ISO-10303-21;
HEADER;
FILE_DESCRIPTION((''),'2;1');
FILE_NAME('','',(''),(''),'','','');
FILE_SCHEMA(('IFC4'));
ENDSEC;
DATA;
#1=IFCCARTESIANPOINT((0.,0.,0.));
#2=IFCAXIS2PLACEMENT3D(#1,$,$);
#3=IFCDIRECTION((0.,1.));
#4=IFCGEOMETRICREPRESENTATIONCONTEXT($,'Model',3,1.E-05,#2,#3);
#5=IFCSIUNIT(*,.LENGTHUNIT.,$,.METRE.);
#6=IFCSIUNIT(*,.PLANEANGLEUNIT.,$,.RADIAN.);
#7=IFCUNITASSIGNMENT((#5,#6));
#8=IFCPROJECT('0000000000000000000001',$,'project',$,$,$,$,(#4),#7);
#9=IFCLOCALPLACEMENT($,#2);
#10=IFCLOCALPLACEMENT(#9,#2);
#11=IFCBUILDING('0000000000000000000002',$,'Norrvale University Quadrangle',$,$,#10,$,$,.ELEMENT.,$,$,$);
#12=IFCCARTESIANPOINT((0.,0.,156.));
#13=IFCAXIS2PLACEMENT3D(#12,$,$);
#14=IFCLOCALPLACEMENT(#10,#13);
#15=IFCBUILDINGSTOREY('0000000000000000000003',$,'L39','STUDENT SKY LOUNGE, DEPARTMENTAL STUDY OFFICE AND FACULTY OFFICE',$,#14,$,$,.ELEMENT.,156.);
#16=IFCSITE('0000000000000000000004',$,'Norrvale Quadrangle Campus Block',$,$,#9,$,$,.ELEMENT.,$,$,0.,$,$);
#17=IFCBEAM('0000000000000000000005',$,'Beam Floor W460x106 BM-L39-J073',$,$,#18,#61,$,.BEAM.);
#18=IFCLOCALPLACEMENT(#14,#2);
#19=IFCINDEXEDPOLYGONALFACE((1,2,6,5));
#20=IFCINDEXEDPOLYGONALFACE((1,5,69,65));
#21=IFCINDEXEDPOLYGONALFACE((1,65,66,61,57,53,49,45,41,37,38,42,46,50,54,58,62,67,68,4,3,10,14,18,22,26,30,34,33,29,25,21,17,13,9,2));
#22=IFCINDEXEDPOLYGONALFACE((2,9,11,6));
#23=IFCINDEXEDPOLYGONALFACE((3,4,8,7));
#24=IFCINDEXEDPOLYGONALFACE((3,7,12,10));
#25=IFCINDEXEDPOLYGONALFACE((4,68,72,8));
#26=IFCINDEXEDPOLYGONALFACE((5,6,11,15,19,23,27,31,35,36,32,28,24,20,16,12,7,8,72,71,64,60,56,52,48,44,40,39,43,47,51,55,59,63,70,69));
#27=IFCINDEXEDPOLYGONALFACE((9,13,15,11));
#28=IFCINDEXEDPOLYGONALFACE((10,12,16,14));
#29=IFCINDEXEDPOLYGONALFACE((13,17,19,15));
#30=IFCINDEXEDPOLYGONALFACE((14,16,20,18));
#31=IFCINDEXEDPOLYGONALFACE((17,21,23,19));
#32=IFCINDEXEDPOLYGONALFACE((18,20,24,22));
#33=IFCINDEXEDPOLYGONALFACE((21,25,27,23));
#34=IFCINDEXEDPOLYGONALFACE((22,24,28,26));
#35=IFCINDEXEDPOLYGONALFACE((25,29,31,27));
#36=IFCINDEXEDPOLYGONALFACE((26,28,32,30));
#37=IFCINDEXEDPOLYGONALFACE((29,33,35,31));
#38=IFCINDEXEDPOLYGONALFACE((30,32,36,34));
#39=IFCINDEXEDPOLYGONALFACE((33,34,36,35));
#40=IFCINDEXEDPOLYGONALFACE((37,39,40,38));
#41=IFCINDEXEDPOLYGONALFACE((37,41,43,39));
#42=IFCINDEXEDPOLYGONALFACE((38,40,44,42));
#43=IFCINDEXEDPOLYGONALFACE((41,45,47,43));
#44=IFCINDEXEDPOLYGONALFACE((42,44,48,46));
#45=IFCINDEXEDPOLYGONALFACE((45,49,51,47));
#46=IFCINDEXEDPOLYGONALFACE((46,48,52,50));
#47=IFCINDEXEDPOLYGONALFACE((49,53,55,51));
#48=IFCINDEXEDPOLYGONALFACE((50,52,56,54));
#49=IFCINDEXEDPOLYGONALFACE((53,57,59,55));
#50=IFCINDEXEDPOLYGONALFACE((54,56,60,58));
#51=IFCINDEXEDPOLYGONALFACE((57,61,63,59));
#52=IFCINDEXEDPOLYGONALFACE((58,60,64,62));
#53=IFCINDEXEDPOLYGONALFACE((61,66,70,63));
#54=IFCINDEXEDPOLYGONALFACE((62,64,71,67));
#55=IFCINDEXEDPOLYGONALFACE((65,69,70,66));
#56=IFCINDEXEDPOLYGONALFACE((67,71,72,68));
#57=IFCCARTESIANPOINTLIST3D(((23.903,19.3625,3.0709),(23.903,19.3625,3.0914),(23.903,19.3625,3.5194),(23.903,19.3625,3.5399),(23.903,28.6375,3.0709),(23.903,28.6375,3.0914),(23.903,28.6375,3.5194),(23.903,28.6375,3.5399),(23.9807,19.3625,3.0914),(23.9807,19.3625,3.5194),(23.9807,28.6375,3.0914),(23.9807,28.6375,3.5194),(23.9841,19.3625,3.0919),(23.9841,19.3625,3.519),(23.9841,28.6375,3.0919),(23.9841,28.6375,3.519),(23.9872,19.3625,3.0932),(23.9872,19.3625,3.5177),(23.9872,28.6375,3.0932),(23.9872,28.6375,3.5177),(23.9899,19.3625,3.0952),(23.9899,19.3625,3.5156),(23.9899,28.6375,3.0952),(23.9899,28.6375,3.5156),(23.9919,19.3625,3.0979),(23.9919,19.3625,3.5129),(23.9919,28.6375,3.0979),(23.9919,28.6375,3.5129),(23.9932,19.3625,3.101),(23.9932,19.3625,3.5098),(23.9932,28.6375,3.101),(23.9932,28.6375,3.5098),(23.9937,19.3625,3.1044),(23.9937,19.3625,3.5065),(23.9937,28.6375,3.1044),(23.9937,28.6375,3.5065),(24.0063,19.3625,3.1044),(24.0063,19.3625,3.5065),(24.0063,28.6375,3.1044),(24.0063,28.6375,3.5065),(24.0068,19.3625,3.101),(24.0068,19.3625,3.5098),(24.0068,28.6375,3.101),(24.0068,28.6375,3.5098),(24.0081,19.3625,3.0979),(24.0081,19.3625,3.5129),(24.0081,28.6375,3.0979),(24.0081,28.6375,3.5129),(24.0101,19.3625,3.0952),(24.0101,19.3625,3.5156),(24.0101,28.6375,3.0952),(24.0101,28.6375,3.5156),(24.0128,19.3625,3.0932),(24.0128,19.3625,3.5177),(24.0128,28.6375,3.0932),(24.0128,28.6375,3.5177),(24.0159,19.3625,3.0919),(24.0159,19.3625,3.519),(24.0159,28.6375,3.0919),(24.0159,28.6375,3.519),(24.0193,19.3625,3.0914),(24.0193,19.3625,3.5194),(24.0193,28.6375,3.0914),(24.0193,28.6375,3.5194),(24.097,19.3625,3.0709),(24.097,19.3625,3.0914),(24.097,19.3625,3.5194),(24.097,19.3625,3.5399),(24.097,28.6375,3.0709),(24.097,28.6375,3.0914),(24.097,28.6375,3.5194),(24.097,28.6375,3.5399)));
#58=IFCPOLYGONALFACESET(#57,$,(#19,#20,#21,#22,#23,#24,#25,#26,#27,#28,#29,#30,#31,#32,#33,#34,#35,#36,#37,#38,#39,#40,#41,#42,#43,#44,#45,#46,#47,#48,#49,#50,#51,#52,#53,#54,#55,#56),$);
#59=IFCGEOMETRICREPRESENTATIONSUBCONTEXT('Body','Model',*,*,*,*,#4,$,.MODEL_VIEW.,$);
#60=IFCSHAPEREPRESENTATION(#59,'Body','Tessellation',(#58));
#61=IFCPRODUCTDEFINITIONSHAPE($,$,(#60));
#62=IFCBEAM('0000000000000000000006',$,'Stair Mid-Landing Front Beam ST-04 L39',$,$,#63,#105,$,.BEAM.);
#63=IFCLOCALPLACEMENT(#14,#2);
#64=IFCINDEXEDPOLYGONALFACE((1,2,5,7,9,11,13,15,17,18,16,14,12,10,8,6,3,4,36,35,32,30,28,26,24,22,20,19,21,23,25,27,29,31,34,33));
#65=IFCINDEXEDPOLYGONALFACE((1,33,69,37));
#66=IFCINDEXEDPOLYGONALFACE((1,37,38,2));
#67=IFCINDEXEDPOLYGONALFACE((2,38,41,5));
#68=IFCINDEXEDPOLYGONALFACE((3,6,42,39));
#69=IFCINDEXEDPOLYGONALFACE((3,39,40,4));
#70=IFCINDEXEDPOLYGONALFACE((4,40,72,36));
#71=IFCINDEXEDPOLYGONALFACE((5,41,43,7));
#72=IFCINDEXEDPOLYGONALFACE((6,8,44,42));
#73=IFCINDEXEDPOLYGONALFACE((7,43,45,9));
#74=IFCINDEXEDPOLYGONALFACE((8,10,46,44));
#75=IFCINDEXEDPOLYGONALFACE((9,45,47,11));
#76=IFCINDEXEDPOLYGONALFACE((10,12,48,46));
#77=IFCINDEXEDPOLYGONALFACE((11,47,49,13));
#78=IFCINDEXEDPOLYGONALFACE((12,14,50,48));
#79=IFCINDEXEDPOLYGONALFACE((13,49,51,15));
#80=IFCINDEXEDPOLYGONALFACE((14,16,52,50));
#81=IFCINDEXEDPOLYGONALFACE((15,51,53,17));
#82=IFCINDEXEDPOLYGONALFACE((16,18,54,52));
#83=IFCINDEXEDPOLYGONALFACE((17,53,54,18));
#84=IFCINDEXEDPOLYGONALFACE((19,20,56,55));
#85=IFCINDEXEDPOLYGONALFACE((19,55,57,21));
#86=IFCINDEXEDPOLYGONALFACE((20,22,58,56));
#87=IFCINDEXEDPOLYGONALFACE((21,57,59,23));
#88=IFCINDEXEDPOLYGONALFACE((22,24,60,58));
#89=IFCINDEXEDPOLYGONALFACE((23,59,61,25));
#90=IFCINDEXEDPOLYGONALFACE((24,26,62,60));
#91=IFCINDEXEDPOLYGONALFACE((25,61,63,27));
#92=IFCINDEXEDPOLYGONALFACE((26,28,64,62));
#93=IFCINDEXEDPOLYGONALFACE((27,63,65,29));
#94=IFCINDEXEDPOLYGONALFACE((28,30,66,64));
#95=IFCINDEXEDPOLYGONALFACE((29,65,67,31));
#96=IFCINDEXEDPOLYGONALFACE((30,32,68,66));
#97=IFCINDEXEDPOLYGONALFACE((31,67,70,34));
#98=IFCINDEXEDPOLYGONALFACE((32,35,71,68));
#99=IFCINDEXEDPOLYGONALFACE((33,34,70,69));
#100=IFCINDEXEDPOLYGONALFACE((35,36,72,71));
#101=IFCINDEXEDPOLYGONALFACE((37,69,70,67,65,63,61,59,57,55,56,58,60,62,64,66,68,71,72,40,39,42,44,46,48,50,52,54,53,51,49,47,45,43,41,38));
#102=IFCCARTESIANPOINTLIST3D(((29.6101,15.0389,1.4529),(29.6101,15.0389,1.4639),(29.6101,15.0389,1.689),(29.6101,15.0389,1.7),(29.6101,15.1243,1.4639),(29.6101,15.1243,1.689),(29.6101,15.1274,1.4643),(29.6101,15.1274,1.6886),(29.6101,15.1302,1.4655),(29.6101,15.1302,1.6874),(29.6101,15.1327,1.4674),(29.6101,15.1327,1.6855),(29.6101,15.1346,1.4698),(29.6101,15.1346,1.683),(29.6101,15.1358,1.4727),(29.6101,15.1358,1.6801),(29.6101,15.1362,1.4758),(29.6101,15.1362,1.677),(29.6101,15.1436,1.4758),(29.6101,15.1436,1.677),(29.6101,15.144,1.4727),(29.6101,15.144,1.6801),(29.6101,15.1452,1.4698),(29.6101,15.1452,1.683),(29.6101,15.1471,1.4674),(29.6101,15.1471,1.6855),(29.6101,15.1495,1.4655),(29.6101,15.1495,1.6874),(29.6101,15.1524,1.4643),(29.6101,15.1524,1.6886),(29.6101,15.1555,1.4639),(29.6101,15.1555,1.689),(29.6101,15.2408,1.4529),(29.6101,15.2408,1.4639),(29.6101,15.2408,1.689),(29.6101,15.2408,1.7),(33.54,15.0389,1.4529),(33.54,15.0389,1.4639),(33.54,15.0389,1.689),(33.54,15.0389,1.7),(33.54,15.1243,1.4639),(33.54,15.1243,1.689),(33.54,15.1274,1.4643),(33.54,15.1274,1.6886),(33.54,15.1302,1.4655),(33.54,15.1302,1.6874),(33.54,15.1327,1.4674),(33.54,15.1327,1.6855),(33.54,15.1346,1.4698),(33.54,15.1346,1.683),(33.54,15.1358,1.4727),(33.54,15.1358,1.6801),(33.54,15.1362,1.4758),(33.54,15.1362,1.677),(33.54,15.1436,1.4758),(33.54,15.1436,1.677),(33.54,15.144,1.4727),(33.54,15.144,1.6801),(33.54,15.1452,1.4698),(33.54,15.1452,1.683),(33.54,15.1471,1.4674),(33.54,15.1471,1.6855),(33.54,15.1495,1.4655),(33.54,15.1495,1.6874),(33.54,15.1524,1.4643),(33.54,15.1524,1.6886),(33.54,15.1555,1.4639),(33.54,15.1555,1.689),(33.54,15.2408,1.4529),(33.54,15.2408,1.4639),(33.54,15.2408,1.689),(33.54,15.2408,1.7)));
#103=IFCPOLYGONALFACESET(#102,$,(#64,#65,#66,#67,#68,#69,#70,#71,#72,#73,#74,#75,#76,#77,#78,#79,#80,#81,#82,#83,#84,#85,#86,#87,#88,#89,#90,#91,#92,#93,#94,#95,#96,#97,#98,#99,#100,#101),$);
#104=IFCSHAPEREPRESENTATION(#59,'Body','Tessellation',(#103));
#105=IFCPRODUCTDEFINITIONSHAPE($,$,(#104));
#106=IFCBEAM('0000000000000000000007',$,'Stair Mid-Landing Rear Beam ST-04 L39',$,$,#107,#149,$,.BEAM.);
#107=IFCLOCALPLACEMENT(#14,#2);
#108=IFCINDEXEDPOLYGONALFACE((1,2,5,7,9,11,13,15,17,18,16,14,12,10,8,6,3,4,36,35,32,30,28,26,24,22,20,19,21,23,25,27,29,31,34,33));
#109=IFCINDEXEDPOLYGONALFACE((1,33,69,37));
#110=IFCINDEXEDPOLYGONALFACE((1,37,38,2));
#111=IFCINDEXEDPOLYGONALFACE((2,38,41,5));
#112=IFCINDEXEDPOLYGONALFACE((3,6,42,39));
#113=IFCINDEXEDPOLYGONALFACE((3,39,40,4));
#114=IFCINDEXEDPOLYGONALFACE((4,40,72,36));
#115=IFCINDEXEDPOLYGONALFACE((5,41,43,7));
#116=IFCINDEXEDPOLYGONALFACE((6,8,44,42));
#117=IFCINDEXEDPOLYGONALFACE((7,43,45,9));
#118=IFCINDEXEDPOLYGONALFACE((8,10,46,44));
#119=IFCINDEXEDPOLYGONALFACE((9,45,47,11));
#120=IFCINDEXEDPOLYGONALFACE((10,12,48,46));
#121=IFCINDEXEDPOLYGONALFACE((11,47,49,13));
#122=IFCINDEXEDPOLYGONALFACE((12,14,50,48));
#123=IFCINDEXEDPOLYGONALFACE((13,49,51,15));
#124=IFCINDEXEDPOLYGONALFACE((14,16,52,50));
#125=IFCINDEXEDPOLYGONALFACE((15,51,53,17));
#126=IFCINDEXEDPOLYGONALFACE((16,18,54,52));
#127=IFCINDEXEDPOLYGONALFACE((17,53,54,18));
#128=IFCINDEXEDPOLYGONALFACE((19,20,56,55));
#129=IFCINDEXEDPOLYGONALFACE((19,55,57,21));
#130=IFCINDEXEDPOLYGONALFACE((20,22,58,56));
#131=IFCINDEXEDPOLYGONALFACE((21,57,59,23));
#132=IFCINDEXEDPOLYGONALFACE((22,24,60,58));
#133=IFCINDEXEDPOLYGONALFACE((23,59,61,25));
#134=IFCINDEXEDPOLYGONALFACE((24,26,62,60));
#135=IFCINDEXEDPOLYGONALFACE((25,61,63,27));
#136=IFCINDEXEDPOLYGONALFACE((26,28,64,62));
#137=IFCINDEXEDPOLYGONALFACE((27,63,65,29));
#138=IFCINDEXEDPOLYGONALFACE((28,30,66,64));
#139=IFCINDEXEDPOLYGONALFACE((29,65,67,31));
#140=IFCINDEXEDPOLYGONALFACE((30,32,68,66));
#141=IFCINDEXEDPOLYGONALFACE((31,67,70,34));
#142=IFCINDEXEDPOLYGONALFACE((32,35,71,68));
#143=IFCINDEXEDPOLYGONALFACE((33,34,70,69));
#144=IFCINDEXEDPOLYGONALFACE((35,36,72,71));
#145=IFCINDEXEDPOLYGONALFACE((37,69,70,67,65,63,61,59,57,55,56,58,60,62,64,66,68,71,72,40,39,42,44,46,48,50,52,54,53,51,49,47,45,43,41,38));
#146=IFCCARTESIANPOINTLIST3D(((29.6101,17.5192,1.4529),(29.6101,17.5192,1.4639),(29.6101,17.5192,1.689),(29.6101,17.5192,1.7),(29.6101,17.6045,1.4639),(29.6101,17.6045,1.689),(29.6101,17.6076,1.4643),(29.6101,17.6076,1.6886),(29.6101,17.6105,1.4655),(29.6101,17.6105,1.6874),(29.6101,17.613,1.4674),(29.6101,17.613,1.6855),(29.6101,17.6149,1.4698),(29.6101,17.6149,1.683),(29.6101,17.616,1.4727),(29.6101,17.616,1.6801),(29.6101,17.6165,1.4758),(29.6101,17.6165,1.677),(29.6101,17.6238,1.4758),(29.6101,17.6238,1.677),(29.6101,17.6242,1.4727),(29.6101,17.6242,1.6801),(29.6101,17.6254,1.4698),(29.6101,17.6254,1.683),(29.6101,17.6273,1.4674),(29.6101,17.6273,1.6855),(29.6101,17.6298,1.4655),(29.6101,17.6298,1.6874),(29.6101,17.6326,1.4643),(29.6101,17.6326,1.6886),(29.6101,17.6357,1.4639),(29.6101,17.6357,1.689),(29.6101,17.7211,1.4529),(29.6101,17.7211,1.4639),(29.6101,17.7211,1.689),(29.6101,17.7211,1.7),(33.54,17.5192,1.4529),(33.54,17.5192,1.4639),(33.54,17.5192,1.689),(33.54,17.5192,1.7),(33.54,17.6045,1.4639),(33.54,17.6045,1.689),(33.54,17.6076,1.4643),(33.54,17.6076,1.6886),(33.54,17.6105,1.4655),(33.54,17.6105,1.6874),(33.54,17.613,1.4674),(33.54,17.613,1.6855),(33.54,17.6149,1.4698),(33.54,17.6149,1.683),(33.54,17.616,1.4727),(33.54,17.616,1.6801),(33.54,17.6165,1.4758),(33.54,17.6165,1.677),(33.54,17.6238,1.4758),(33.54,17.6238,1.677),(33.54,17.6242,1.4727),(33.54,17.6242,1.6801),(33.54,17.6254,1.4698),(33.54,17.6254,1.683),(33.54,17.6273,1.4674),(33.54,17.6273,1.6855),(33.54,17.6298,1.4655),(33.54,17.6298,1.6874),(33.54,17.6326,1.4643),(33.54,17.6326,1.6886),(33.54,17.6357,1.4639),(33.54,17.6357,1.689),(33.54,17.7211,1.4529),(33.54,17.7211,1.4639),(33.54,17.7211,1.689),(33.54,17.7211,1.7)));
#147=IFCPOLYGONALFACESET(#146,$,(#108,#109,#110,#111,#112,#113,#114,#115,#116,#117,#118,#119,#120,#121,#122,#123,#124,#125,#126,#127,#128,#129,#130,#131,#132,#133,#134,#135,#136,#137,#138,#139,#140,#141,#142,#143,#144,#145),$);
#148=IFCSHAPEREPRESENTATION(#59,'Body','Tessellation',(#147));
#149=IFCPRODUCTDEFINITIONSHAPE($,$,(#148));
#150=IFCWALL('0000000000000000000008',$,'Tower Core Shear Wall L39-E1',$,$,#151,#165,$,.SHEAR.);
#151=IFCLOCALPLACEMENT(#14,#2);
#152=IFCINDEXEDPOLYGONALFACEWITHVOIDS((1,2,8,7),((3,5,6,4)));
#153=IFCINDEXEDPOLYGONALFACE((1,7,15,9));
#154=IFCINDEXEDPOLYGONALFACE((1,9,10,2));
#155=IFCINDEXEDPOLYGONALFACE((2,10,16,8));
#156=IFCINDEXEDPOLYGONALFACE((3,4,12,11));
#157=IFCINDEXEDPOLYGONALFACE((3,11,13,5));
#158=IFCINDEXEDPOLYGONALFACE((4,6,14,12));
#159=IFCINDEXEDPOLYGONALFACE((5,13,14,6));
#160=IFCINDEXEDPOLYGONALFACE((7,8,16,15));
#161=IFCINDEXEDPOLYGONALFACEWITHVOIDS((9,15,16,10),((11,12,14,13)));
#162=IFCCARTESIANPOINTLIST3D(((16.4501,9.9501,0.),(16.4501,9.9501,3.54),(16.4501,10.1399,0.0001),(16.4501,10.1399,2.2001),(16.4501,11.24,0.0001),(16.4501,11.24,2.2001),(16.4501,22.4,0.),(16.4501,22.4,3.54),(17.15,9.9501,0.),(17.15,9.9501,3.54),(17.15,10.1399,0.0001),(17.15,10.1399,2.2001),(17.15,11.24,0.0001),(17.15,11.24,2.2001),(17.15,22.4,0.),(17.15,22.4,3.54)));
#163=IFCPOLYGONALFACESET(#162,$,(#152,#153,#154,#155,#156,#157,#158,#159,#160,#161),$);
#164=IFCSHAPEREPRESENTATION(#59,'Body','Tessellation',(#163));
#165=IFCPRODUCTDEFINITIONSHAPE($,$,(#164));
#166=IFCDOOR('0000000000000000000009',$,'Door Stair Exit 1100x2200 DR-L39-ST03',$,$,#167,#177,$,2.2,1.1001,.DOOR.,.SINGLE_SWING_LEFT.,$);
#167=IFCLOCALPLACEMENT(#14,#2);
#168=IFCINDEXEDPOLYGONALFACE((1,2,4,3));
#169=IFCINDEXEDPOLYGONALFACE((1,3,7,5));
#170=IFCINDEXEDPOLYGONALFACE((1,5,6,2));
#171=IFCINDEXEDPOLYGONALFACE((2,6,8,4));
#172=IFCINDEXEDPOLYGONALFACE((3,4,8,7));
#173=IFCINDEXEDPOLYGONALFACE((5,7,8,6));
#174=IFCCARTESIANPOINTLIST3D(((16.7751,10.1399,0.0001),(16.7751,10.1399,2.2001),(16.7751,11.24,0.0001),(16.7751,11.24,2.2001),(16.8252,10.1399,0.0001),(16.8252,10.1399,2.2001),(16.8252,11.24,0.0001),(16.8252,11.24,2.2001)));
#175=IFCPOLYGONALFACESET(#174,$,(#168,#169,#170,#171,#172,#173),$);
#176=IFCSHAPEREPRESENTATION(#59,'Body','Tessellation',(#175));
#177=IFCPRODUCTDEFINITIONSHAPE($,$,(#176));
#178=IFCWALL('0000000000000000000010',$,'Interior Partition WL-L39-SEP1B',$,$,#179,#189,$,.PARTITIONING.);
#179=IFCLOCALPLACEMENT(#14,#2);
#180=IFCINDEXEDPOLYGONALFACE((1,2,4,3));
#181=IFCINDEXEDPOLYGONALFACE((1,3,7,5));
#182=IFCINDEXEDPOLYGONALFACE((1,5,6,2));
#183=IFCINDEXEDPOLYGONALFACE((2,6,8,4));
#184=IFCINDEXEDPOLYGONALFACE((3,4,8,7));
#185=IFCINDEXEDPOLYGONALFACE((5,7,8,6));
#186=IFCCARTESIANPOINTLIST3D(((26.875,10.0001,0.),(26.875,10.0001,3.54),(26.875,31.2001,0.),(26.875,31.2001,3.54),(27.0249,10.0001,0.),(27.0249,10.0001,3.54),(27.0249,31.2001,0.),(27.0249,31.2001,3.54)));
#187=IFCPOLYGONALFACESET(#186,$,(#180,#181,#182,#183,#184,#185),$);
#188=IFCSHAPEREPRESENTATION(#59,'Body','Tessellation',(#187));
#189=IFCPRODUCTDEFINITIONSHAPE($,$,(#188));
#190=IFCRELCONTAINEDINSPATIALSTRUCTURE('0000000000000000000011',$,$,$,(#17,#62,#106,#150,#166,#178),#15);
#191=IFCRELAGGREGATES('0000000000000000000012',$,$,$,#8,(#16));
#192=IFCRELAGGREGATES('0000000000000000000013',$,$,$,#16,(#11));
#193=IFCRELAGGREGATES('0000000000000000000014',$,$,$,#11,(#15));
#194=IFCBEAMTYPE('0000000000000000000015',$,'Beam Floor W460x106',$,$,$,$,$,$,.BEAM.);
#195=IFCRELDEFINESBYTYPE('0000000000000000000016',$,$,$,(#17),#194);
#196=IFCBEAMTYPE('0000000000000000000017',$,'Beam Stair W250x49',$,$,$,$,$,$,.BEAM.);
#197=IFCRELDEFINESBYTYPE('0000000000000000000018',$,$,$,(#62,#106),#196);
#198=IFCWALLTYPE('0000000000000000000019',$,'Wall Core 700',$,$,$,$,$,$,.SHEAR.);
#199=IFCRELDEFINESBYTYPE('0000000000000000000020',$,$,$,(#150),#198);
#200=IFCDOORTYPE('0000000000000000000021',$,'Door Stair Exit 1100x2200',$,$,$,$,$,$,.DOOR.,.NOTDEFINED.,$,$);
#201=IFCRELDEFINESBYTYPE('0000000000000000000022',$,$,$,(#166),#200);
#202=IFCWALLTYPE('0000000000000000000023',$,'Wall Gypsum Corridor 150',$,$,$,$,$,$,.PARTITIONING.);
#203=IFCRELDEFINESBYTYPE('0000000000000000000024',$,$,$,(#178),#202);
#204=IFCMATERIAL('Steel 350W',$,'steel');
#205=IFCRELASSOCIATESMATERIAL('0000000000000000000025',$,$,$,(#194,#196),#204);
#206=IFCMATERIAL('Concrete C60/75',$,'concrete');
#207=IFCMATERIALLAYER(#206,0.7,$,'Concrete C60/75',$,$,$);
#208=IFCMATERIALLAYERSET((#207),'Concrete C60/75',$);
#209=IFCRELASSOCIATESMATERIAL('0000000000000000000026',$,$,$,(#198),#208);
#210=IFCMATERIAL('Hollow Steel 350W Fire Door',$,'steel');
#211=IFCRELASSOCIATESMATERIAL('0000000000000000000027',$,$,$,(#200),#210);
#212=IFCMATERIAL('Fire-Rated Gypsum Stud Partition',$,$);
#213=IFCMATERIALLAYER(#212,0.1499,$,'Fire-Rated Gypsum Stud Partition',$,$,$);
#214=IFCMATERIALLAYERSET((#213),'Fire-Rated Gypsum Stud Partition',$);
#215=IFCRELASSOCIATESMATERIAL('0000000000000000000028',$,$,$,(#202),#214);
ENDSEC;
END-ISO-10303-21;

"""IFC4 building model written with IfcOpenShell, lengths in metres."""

from ifc_helpers import new_model, si_unit, direction, frame, frame_2d, origin, origin_2d, place, context, subcontext, project, spatial, rectangle, i_section, extrude, material, layer, layer_set, material_profile, profile_set, type_object, element, fill, save


model = new_model("IFC4")

# Units and contexts
model_context = context("Model", 3, precision=1e-05, world=origin(), true_north=direction((0.0, 1.0)))
body_context = subcontext(model_context, "Body", "Model", "MODEL_VIEW")
ifc_project = project(units=[si_unit("LENGTHUNIT", "METRE"), si_unit("PLANEANGLEUNIT", "RADIAN")], contexts=[model_context])

# Site, building, storey
site_placement = place(None, origin())
site = spatial("IfcSite", under=ifc_project, at=site_placement, Name="Norrvale Quadrangle Campus Block", CompositionType="ELEMENT", RefElevation=0.0)
building_placement = place(site_placement, origin())
building = spatial("IfcBuilding", under=site, at=building_placement, Name="Norrvale University Quadrangle", CompositionType="ELEMENT")
storey_placement = place(building_placement, frame((0.0, 0.0, 156.0)))
storey = spatial("IfcBuildingStorey", under=building, at=storey_placement, Name="L39", Description="STUDENT SKY LOUNGE, DEPARTMENTAL STUDY OFFICE AND FACULTY OFFICE", CompositionType="ELEMENT", Elevation=156.0)

# Shared definitions
ifc_material_1 = material(Name="Concrete C60/75", Category="concrete")

# Beams
ifc_material_2 = material(Name="Steel 350W", Category="steel")
ifc_material_profile_1 = material_profile(ifc_material_2, i_section(OverallWidth=0.1941, OverallDepth=0.469, WebThickness=0.0127, FlangeThickness=0.0205, FilletRadius=0.0129, at=origin_2d()), Name="Steel 350W")
ifc_profile_set_1 = profile_set([ifc_material_profile_1], Name="Steel 350W")
beam_type_1 = type_object("IfcBeamType", Name="Beam Floor W460x106", PredefinedType="BEAM", material=ifc_profile_set_1)
beam_1_placement = place(storey_placement, frame((24.0, 19.3625, 3.3054), z_axis=(0.0, 1.0, 0.0), x_axis=(-1.0, 0.0, 0.0)))
element("IfcBeam", 1, at=beam_1_placement, inside=storey, type_object=beam_type_1, Name="Beam Floor W460x106 BM-L39-J073", PredefinedType="BEAM", context=body_context, shape_type="SweptSolid", body=[
    extrude(i_section(OverallWidth=0.1941, OverallDepth=0.469, WebThickness=0.0127, FlangeThickness=0.0205, FilletRadius=0.0129, at=origin_2d()), origin(), (0.0, 0.0, 1.0), 9.2749),
])
ifc_material_profile_2 = material_profile(ifc_material_2, i_section(OverallWidth=0.2019, OverallDepth=0.2471, WebThickness=0.0073, FlangeThickness=0.011, FilletRadius=0.012, at=origin_2d()), Name="Steel 350W")
ifc_profile_set_2 = profile_set([ifc_material_profile_2], Name="Steel 350W")
beam_type_2 = type_object("IfcBeamType", Name="Beam Stair W250x49", PredefinedType="BEAM", material=ifc_profile_set_2)
for number, where, z_axis, x_axis, name in (
    (2, (29.6101, 15.1399, 1.5764), (1.0, 0.0, 0.0), (0.0, 1.0, 0.0), "Stair Mid-Landing Front Beam ST-04 L39"),
    (3, (29.6101, 17.6201, 1.5764), (1.0, 0.0, 0.0), (0.0, 1.0, 0.0), "Stair Mid-Landing Rear Beam ST-04 L39"),
):
    element("IfcBeam", number, at=place(storey_placement, frame(where, z_axis=z_axis, x_axis=x_axis)), inside=storey, type_object=beam_type_2, Name=name, PredefinedType="BEAM", context=body_context, shape_type="SweptSolid", body=[
        extrude(i_section(OverallWidth=0.2019, OverallDepth=0.2471, WebThickness=0.0073, FlangeThickness=0.011, FilletRadius=0.012, at=origin_2d()), origin(), (0.0, 0.0, 1.0), 3.9299),
    ])

# Wall, opening, door
ifc_layer_1 = layer(ifc_material_1, 0.7, Name="Concrete C60/75")
ifc_layer_set_1 = layer_set([ifc_layer_1], Name="Concrete C60/75")
wall_type_1 = type_object("IfcWallType", Name="Wall Core 700", PredefinedType="SHEAR", material=ifc_layer_set_1)
wall_1_placement = place(storey_placement, frame((16.8, 9.95, 0.0), z_axis=(0.0, 0.0, 1.0), x_axis=(0.0, 1.0, 0.0)))
wall_1 = element("IfcWall", 4, at=wall_1_placement, inside=storey, type_object=wall_type_1, Name="Tower Core Shear Wall L39-E1", PredefinedType="SHEAR", context=body_context, shape_type="SweptSolid", body=[
    extrude(rectangle(XDim=12.45, YDim=0.7, at=frame_2d((6.2251, 0.0))), origin(), (0.0, 0.0, 1.0), 3.54),
])
opening_1_placement = place(wall_1_placement, frame((0.1899, 0.0, 0.0)))
opening_1 = element("IfcOpeningElement", 5, at=opening_1_placement, cuts=wall_1, PredefinedType="OPENING", context=body_context, shape_type="SweptSolid", body=[
    extrude(rectangle(XDim=1.1001, YDim=2.2, at=frame_2d((0.55, 1.1001))), frame((0.0, 0.3621, 0.0), z_axis=(0.0, -1.0, 0.0), x_axis=(1.0, 0.0, 0.0)), (0.0, 0.0, 1.0), 0.7239),
])
ifc_material_3 = material(Name="Hollow Steel 350W Fire Door", Category="steel")
door_type = type_object("IfcDoorType", Name="Door Stair Exit 1100x2200", OperationType="NOTDEFINED", PredefinedType="DOOR", material=ifc_material_3)
door_1_placement = place(opening_1_placement, origin())
door_1 = element("IfcDoor", 6, at=door_1_placement, inside=storey, type_object=door_type, Name="Door Stair Exit 1100x2200 DR-L39-ST03", OperationType="SINGLE_SWING_LEFT", OverallHeight=2.2, OverallWidth=1.1001, PredefinedType="DOOR", context=body_context, shape_type="SweptSolid", body=[
    extrude(rectangle(XDim=1.1001, YDim=2.2, at=frame_2d((0.55, 1.1001))), frame((0.0, 0.0249, 0.0), z_axis=(0.0, -1.0, 0.0), x_axis=(1.0, 0.0, 0.0)), (0.0, 0.0, 1.0), 0.05),
])
fill(opening_1, door_1)

# Wall
ifc_material_4 = material(Name="Fire-Rated Gypsum Stud Partition")
ifc_layer_2 = layer(ifc_material_4, 0.1499, Name="Fire-Rated Gypsum Stud Partition")
ifc_layer_set_2 = layer_set([ifc_layer_2], Name="Fire-Rated Gypsum Stud Partition")
wall_type_2 = type_object("IfcWallType", Name="Wall Gypsum Corridor 150", PredefinedType="PARTITIONING", material=ifc_layer_set_2)
wall_2_placement = place(storey_placement, frame((26.95, 10.0, 0.0), z_axis=(0.0, 0.0, 1.0), x_axis=(0.0, 1.0, 0.0)))
element("IfcWall", 7, at=wall_2_placement, inside=storey, type_object=wall_type_2, Name="Interior Partition WL-L39-SEP1B", PredefinedType="PARTITIONING", context=body_context, shape_type="SweptSolid", body=[
    extrude(rectangle(XDim=21.2, YDim=0.1499, at=frame_2d((10.6001, 0.0))), origin(), (0.0, 0.0, 1.0), 3.54),
])

save(model, "model.ifc")
